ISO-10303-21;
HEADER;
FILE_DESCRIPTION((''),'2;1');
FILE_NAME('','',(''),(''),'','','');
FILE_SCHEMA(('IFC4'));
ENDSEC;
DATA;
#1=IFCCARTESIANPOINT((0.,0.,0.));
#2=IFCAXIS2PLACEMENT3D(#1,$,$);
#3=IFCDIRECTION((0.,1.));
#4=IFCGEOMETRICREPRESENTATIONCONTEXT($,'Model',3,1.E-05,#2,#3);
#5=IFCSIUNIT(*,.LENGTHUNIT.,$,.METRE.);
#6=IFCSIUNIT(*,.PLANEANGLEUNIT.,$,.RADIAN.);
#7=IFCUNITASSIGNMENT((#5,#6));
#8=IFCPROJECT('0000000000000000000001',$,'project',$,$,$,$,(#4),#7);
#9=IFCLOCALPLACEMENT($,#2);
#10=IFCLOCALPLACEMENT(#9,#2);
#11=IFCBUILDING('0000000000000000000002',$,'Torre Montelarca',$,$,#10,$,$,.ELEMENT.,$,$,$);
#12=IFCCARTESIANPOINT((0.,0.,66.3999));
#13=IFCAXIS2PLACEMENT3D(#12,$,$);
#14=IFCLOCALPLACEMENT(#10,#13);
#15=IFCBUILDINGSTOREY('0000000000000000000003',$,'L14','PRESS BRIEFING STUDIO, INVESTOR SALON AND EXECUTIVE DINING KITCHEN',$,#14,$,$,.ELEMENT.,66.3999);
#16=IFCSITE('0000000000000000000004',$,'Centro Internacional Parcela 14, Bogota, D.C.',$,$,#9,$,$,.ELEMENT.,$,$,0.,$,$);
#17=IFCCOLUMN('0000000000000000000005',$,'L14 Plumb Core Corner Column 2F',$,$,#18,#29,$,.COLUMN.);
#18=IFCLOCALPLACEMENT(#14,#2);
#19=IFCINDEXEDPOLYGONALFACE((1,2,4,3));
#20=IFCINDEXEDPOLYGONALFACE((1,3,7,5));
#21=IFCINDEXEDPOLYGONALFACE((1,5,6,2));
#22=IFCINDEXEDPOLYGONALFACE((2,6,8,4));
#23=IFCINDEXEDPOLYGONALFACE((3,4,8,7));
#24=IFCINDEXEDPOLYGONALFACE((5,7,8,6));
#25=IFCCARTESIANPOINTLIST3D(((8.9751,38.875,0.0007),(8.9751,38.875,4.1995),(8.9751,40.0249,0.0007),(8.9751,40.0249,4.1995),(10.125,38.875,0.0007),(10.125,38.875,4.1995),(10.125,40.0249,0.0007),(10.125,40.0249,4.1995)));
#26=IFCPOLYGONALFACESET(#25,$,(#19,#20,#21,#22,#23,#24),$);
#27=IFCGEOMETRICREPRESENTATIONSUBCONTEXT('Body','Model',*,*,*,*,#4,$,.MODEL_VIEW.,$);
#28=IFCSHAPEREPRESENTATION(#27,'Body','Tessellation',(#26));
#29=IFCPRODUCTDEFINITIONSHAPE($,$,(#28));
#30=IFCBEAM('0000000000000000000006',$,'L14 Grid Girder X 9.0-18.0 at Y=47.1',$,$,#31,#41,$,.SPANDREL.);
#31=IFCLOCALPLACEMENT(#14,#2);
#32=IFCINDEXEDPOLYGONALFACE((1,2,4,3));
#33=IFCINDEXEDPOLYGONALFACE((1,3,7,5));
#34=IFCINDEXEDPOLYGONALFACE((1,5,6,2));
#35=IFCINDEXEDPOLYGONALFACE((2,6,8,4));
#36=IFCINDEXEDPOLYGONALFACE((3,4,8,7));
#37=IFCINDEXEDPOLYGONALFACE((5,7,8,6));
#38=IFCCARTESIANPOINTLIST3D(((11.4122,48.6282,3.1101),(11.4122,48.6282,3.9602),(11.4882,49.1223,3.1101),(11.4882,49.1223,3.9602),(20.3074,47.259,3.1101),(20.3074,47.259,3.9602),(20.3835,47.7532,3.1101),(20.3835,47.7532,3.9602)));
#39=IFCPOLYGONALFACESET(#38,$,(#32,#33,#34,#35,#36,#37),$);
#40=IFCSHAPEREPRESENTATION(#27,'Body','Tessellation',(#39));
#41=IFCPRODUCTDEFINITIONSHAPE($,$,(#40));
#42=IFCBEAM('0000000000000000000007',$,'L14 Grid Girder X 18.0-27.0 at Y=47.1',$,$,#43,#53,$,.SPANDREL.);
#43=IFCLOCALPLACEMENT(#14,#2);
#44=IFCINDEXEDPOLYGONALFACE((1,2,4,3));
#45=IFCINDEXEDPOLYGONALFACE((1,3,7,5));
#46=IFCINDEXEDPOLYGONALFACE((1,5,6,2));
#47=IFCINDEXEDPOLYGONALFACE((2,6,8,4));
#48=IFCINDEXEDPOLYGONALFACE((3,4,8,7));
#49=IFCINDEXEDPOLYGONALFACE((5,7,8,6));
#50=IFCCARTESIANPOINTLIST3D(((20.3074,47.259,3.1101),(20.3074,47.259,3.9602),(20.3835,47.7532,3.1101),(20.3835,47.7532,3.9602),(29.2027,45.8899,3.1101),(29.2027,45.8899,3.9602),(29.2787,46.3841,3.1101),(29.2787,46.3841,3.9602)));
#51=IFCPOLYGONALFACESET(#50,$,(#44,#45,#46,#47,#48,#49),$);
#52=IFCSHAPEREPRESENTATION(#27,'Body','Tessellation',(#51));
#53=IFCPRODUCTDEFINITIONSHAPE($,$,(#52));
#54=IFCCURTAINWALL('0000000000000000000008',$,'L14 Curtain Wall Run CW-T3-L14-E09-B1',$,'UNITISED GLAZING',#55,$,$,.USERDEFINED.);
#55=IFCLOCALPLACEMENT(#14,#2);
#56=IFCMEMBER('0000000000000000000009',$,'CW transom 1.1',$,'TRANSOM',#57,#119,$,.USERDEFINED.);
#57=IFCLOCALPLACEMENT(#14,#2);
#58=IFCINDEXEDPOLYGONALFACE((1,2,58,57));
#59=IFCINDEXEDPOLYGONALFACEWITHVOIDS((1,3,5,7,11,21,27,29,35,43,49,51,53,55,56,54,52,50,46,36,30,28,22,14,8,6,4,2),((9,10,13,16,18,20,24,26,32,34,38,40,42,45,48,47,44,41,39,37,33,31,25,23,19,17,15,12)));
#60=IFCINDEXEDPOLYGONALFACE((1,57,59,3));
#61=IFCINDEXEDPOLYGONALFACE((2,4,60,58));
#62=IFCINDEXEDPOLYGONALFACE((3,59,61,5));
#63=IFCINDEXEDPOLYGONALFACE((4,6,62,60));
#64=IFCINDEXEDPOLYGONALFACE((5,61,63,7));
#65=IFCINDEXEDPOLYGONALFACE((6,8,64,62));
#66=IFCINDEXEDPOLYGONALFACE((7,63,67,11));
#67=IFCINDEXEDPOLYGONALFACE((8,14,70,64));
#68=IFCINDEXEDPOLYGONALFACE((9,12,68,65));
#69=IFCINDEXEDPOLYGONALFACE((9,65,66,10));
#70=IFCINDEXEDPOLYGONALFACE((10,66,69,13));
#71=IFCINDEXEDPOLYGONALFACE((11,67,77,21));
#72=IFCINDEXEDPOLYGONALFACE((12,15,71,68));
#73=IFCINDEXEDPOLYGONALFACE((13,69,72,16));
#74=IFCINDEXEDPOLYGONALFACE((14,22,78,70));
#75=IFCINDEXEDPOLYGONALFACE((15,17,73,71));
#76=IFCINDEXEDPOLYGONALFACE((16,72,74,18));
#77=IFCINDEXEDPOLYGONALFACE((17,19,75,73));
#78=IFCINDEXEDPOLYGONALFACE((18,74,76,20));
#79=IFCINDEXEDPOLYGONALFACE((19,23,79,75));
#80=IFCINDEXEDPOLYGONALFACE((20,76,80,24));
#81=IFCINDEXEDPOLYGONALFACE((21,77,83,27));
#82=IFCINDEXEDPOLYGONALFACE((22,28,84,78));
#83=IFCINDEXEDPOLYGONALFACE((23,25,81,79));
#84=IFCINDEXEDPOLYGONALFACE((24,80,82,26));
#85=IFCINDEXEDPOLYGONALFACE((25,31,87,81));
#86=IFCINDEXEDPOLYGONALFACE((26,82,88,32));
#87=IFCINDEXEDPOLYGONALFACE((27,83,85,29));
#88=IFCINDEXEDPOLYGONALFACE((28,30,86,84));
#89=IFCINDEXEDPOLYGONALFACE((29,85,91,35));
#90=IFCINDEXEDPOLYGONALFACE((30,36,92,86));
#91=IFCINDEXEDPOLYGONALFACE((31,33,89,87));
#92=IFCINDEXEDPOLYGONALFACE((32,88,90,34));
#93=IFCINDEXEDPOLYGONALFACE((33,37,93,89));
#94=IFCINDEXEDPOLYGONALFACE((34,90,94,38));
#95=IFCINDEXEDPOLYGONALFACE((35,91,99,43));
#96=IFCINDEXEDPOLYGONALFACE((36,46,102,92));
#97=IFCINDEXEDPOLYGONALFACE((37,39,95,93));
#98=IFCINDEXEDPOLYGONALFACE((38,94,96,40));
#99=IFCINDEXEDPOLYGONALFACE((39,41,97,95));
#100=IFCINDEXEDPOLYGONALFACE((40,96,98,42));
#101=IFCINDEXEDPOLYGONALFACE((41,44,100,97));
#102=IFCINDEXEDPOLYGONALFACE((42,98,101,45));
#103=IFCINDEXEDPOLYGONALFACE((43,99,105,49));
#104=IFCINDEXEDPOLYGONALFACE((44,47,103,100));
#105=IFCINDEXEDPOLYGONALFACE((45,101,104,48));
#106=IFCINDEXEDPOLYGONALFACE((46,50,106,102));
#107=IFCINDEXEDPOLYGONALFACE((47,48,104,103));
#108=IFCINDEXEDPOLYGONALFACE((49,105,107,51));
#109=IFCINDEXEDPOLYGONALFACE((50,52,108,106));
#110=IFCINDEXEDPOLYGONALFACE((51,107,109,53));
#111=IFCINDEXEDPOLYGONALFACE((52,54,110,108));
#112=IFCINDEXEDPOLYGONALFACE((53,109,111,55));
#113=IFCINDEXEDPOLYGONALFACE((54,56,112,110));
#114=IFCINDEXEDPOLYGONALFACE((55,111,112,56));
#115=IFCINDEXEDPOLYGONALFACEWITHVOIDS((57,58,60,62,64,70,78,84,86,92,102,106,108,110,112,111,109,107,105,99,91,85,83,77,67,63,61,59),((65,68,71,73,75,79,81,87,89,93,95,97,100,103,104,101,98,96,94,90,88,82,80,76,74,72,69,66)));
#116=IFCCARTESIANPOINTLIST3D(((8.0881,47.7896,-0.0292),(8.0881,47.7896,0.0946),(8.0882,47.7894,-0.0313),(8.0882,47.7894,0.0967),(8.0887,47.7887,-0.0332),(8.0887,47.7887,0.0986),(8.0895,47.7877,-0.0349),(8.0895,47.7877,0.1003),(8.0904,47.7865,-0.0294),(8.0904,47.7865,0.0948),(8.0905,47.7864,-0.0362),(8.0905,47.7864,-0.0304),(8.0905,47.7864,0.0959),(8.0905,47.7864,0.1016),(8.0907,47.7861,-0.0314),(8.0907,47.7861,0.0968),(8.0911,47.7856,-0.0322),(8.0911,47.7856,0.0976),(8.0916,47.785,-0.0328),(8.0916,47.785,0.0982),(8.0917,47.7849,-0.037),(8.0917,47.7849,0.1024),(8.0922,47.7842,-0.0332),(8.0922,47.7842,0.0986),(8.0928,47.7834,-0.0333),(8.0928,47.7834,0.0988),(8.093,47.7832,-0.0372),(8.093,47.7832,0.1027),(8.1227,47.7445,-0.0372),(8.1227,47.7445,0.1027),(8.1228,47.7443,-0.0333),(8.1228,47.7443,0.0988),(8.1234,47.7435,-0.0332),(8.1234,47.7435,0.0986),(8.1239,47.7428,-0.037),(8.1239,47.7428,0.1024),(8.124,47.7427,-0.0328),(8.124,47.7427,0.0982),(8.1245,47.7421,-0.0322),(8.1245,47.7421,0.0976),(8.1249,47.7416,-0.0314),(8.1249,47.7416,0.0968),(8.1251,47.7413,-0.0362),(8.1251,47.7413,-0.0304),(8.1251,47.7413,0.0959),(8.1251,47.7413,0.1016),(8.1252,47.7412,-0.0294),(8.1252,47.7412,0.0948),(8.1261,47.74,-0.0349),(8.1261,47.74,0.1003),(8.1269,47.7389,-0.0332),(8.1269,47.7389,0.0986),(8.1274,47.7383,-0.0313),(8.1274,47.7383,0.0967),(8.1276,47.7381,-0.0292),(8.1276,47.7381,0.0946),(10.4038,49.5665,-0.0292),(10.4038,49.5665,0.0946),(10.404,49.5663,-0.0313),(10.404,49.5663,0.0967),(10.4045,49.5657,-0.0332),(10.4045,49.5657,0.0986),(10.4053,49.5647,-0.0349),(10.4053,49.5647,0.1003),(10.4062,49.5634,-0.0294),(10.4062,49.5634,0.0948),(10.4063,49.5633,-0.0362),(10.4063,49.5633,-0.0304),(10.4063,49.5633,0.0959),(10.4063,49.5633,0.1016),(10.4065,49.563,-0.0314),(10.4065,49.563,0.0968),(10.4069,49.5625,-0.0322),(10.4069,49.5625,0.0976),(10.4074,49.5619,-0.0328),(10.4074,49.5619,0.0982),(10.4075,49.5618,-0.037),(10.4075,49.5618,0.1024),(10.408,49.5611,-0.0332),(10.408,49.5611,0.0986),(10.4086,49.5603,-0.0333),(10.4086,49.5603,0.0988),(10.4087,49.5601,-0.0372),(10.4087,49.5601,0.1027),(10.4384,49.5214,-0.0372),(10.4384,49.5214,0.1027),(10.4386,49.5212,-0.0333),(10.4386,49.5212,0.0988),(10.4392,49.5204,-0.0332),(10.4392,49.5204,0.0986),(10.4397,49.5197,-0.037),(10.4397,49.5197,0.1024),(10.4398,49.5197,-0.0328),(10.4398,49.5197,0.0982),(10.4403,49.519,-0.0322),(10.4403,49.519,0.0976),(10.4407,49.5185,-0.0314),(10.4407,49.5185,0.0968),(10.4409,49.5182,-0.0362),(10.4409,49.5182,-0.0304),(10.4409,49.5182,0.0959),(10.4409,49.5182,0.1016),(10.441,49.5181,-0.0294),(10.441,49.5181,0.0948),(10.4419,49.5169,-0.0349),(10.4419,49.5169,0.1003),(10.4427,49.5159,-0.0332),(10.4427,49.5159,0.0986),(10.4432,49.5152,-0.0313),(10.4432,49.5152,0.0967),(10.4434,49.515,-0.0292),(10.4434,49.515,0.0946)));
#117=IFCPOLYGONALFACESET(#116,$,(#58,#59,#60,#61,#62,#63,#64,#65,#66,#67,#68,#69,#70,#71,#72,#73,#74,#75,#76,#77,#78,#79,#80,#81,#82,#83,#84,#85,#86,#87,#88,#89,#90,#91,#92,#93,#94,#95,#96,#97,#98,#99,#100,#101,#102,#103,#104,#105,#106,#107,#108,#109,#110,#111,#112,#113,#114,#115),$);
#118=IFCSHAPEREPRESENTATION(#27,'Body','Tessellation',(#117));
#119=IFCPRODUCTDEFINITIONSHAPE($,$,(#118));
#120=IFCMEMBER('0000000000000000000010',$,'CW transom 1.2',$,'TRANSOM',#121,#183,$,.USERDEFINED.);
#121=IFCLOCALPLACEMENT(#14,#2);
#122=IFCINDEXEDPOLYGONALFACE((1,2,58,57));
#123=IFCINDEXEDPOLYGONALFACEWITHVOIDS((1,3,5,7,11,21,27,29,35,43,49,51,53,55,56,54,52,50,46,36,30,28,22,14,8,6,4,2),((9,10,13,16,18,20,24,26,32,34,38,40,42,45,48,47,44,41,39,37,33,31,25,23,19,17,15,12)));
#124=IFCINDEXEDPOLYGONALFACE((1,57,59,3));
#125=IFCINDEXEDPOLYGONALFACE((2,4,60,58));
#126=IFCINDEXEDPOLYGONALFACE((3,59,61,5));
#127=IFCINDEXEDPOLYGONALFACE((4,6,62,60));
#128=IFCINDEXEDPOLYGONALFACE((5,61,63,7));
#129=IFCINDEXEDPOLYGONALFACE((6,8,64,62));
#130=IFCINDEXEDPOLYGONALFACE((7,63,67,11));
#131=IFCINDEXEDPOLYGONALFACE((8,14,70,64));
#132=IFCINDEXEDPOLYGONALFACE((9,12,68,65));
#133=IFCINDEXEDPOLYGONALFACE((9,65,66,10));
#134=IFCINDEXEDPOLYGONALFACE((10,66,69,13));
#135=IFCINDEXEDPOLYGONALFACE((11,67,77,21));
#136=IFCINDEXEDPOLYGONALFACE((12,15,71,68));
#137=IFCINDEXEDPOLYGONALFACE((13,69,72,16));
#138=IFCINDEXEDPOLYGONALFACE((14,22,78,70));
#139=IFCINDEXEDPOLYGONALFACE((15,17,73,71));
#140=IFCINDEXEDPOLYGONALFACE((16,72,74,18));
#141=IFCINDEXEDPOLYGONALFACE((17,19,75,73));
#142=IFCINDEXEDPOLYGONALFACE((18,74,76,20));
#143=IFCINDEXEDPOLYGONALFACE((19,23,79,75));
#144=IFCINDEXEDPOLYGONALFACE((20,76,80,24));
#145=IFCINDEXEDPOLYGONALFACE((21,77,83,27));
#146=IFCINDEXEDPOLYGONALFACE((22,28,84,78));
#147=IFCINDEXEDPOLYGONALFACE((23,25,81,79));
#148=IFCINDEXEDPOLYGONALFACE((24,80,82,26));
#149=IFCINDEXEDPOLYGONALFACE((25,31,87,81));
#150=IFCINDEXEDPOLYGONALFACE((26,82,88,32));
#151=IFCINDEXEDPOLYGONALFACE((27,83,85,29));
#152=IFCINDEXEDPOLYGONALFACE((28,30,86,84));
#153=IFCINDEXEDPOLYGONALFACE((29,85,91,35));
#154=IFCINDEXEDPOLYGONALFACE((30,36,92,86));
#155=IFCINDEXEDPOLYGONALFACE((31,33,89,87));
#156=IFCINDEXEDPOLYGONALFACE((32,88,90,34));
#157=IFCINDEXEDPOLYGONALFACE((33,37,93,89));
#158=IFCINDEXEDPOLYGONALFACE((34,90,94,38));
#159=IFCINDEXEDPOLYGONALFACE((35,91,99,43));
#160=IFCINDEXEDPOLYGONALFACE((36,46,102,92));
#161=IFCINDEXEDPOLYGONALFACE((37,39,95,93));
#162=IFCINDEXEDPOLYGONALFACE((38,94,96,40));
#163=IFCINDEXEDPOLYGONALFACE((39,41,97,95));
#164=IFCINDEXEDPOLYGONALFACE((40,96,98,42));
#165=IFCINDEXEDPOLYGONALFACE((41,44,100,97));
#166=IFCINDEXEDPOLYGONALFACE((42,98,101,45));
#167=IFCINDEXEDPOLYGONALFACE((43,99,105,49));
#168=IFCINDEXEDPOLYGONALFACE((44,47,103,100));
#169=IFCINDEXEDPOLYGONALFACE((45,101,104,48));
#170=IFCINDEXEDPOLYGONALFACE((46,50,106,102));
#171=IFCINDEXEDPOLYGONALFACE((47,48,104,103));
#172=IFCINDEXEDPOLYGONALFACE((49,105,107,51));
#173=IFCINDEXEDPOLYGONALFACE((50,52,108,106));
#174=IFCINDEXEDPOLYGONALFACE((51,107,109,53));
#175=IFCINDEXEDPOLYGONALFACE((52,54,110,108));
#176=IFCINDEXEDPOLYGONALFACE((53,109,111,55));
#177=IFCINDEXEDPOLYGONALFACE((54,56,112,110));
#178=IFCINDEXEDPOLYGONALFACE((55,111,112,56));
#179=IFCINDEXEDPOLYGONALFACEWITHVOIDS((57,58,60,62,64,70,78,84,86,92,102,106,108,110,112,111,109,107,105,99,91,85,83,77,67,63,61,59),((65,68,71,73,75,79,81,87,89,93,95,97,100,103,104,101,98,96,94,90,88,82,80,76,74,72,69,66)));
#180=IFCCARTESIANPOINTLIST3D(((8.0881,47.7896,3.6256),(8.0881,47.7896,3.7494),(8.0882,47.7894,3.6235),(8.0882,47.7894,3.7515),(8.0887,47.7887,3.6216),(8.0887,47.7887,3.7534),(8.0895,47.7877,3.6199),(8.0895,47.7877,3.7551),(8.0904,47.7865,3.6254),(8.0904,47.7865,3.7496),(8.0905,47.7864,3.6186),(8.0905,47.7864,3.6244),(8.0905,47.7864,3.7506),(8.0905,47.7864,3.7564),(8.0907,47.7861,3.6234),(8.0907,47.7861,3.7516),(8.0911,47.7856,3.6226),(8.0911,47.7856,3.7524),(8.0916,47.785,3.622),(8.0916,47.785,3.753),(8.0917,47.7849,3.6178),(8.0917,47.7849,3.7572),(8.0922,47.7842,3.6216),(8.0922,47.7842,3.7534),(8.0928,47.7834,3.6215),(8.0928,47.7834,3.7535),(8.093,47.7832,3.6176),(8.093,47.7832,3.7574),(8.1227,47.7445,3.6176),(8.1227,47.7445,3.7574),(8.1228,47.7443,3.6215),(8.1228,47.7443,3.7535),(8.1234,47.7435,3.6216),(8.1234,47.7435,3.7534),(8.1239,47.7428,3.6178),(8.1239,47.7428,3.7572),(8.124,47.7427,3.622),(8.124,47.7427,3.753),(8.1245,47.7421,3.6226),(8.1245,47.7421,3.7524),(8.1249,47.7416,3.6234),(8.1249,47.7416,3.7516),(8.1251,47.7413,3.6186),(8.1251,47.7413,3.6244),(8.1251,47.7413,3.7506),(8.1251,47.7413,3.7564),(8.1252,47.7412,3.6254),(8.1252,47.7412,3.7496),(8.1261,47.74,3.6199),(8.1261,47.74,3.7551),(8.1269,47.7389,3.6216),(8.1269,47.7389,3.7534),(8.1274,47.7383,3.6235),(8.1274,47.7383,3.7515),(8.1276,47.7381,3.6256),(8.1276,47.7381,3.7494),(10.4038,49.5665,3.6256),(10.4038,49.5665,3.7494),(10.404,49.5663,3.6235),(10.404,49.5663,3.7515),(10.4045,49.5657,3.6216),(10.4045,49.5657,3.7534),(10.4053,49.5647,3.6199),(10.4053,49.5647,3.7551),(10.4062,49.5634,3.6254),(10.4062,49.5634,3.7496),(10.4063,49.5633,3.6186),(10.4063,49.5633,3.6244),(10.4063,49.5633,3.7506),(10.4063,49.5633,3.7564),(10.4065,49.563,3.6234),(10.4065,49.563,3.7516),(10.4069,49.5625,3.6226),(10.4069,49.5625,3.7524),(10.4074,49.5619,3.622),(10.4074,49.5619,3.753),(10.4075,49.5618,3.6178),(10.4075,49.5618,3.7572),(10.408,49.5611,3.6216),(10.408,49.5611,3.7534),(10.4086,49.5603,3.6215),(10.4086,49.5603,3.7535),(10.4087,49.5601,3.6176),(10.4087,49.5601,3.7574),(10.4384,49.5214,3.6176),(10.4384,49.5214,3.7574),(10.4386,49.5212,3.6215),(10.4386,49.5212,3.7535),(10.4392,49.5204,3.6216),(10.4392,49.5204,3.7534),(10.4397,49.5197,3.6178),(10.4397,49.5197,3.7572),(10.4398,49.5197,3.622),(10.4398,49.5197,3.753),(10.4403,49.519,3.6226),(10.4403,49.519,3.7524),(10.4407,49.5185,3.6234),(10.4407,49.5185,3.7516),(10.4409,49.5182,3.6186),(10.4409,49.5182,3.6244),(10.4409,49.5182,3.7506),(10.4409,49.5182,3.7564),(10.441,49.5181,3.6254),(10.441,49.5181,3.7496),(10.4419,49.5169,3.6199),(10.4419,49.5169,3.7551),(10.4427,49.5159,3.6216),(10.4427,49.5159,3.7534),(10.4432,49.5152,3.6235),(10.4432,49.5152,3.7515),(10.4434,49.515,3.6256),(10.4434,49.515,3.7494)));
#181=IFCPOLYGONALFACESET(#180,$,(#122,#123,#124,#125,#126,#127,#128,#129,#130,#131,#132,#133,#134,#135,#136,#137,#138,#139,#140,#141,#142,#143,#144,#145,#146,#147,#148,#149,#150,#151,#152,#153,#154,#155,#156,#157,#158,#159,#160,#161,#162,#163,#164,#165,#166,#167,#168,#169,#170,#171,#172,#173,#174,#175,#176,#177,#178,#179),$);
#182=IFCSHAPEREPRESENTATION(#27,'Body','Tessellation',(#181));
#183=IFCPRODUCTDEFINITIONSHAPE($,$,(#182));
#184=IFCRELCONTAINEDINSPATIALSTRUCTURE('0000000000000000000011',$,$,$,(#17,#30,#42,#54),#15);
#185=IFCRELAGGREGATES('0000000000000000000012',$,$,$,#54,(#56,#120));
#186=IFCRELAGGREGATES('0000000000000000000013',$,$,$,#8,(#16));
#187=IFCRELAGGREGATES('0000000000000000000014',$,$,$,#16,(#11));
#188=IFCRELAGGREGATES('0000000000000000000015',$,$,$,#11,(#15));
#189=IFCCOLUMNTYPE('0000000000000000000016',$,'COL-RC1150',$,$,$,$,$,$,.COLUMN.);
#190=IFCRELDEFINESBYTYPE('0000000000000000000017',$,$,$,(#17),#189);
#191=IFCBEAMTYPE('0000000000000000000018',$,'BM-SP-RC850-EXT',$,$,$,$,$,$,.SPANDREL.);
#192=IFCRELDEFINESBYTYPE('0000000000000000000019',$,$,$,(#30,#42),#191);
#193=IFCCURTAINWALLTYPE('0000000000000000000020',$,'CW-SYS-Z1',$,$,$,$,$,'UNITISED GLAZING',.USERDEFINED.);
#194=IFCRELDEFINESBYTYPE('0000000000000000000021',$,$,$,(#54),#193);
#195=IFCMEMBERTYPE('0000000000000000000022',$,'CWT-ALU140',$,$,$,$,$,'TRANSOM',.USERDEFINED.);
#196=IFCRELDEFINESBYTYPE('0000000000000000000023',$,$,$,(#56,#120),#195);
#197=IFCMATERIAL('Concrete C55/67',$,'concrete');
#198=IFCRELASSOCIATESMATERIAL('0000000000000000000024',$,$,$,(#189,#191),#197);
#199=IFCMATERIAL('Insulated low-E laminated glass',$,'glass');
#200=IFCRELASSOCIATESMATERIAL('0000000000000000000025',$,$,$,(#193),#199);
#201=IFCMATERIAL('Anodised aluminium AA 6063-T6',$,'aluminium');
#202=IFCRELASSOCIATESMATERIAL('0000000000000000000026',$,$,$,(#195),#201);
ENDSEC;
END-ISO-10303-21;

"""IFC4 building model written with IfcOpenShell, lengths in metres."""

from ifc_helpers import new_model, si_unit, direction, frame, origin, origin_2d, place, context, subcontext, project, spatial, rectangle, hollow_rectangle, extrude, source, transform, mapped, material, material_profile, profile_set, type_object, element, aggregate, save


model = new_model("IFC4")

# Units and contexts
model_context = context("Model", 3, precision=1e-05, world=origin(), true_north=direction((0.0, 1.0)))
body_context = subcontext(model_context, "Body", "Model", "MODEL_VIEW")
ifc_project = project(units=[si_unit("LENGTHUNIT", "METRE"), si_unit("PLANEANGLEUNIT", "RADIAN")], contexts=[model_context])

# Site, building, storey
site_placement = place(None, origin())
site = spatial("IfcSite", under=ifc_project, at=site_placement, Name="Centro Internacional Parcela 14, Bogota, D.C.", CompositionType="ELEMENT", RefElevation=0.0)
building_placement = place(site_placement, origin())
building = spatial("IfcBuilding", under=site, at=building_placement, Name="Torre Montelarca", CompositionType="ELEMENT")
storey_placement = place(building_placement, frame((0.0, 0.0, 66.3999)))
storey = spatial("IfcBuildingStorey", under=building, at=storey_placement, Name="L14", Description="PRESS BRIEFING STUDIO, INVESTOR SALON AND EXECUTIVE DINING KITCHEN", CompositionType="ELEMENT", Elevation=66.3999)

# Column
ifc_material_1 = material(Name="Concrete C55/67", Category="concrete")
ifc_material_profile_1 = material_profile(ifc_material_1, rectangle(XDim=1.1499, YDim=1.1499, at=origin_2d()), Name="RC1150X1150", Category="concrete")
ifc_profile_set_1 = profile_set([ifc_material_profile_1], Name="Concrete C55/67")
column_type_1 = type_object("IfcColumnType", Name="COL-RC1150", PredefinedType="COLUMN", material=ifc_profile_set_1)
shared_shape_1 = source(origin(), body_context, "Body", "SweptSolid", [
    extrude(rectangle(XDim=1.1499, YDim=1.1499, at=origin_2d()), origin(), (0.0, 0.0, 1.0), 4.1987),
])
column_1_placement = place(storey_placement, frame((9.55, 39.45, 0.0007), z_axis=(0.0, 0.0, 1.0), x_axis=(1.0, 0.0, 0.0)))
element("IfcColumn", 1, at=column_1_placement, inside=storey, type_object=column_type_1, Name="L14 Plumb Core Corner Column 2F", PredefinedType="COLUMN", context=body_context, shape_type="MappedRepresentation", body=[
    mapped(shared_shape_1, transform((0.0, 0.0, 0.0), scale=1.0)),
])

# Beams
ifc_material_profile_2 = material_profile(ifc_material_1, rectangle(XDim=0.5, YDim=0.8501, at=origin_2d()), Name="RCB500X850", Category="concrete")
ifc_profile_set_2 = profile_set([ifc_material_profile_2], Name="Concrete C55/67")
beam_type = type_object("IfcBeamType", Name="BM-SP-RC850-EXT", PredefinedType="SPANDREL", material=ifc_profile_set_2)
shared_shape_2 = source(origin(), body_context, "Body", "SweptSolid", [
    extrude(rectangle(XDim=0.5, YDim=0.8501, at=origin_2d()), origin(), (0.0, 0.0, 1.0), 9.0),
])
for number, where, z_axis, x_axis, name in (
    (2, (11.4502, 48.8752, 3.5352), (0.988361, -0.152126, 0.0), (0.152126, 0.988361, 0.0), "L14 Grid Girder X 9.0-18.0 at Y=47.1"),
    (3, (20.3455, 47.5061, 3.5352), (0.988361, -0.152126, 0.0), (0.152126, 0.988361, 0.0), "L14 Grid Girder X 18.0-27.0 at Y=47.1"),
):
    element("IfcBeam", number, at=place(storey_placement, frame(where, z_axis=z_axis, x_axis=x_axis)), inside=storey, type_object=beam_type, Name=name, PredefinedType="SPANDREL", context=body_context, shape_type="MappedRepresentation", body=[
        mapped(shared_shape_2, transform((0.0, 0.0, 0.0), scale=1.0)),
    ])

# Curtain wall, members
ifc_material_2 = material(Name="Insulated low-E laminated glass", Category="glass")
curtain_wall_type = type_object("IfcCurtainWallType", Name="CW-SYS-Z1", ElementType="UNITISED GLAZING", PredefinedType="USERDEFINED", material=ifc_material_2)
curtain_wall_1_placement = place(storey_placement, origin())
curtain_wall_1 = element("IfcCurtainWall", 4, at=curtain_wall_1_placement, inside=storey, type_object=curtain_wall_type, Name="L14 Curtain Wall Run CW-T3-L14-E09-B1", ObjectType="UNITISED GLAZING", PredefinedType="USERDEFINED")
ifc_material_3 = material(Name="Anodised aluminium AA 6063-T6", Category="aluminium")
ifc_material_profile_3 = material_profile(ifc_material_3, hollow_rectangle(XDim=0.0649, YDim=0.1399, WallThickness=0.0039, InnerFilletRadius=0.0039, OuterFilletRadius=0.0081, at=origin_2d()), Name="ALU65X140X4", Category="aluminium")
ifc_profile_set_3 = profile_set([ifc_material_profile_3], Name="Anodised aluminium AA 6063-T6")
member_type_1 = type_object("IfcMemberType", Name="CWT-ALU140", ElementType="TRANSOM", PredefinedType="USERDEFINED", material=ifc_profile_set_3)
shared_shape_3 = source(origin(), body_context, "Body", "SweptSolid", [
    extrude(hollow_rectangle(XDim=0.0649, YDim=0.1399, WallThickness=0.0039, InnerFilletRadius=0.0039, OuterFilletRadius=0.0081, at=origin_2d()), origin(), (0.0, 0.0, 1.0), 2.9189),
])
member_1_placement = place(storey_placement, frame((10.4236, 49.5408, 0.0327), z_axis=(-0.793357, -0.608756, 0.0), x_axis=(0.608756, -0.793357, 0.0)))
member_1 = element("IfcMember", 5, at=member_1_placement, type_object=member_type_1, Name="CW transom 1.1", ObjectType="TRANSOM", PredefinedType="USERDEFINED", context=body_context, shape_type="MappedRepresentation", body=[
    mapped(shared_shape_3, transform((0.0, 0.0, 0.0), scale=1.0)),
])
member_2_placement = place(storey_placement, frame((10.4236, 49.5408, 3.6875), z_axis=(-0.793357, -0.608756, 0.0), x_axis=(0.608756, -0.793357, 0.0)))
member_2 = element("IfcMember", 6, at=member_2_placement, type_object=member_type_1, Name="CW transom 1.2", ObjectType="TRANSOM", PredefinedType="USERDEFINED", context=body_context, shape_type="MappedRepresentation", body=[
    mapped(shared_shape_3, transform((0.0, 0.0, 0.0), scale=1.0)),
])

aggregate(curtain_wall_1, [member_1, member_2])

save(model, "model.ifc")
